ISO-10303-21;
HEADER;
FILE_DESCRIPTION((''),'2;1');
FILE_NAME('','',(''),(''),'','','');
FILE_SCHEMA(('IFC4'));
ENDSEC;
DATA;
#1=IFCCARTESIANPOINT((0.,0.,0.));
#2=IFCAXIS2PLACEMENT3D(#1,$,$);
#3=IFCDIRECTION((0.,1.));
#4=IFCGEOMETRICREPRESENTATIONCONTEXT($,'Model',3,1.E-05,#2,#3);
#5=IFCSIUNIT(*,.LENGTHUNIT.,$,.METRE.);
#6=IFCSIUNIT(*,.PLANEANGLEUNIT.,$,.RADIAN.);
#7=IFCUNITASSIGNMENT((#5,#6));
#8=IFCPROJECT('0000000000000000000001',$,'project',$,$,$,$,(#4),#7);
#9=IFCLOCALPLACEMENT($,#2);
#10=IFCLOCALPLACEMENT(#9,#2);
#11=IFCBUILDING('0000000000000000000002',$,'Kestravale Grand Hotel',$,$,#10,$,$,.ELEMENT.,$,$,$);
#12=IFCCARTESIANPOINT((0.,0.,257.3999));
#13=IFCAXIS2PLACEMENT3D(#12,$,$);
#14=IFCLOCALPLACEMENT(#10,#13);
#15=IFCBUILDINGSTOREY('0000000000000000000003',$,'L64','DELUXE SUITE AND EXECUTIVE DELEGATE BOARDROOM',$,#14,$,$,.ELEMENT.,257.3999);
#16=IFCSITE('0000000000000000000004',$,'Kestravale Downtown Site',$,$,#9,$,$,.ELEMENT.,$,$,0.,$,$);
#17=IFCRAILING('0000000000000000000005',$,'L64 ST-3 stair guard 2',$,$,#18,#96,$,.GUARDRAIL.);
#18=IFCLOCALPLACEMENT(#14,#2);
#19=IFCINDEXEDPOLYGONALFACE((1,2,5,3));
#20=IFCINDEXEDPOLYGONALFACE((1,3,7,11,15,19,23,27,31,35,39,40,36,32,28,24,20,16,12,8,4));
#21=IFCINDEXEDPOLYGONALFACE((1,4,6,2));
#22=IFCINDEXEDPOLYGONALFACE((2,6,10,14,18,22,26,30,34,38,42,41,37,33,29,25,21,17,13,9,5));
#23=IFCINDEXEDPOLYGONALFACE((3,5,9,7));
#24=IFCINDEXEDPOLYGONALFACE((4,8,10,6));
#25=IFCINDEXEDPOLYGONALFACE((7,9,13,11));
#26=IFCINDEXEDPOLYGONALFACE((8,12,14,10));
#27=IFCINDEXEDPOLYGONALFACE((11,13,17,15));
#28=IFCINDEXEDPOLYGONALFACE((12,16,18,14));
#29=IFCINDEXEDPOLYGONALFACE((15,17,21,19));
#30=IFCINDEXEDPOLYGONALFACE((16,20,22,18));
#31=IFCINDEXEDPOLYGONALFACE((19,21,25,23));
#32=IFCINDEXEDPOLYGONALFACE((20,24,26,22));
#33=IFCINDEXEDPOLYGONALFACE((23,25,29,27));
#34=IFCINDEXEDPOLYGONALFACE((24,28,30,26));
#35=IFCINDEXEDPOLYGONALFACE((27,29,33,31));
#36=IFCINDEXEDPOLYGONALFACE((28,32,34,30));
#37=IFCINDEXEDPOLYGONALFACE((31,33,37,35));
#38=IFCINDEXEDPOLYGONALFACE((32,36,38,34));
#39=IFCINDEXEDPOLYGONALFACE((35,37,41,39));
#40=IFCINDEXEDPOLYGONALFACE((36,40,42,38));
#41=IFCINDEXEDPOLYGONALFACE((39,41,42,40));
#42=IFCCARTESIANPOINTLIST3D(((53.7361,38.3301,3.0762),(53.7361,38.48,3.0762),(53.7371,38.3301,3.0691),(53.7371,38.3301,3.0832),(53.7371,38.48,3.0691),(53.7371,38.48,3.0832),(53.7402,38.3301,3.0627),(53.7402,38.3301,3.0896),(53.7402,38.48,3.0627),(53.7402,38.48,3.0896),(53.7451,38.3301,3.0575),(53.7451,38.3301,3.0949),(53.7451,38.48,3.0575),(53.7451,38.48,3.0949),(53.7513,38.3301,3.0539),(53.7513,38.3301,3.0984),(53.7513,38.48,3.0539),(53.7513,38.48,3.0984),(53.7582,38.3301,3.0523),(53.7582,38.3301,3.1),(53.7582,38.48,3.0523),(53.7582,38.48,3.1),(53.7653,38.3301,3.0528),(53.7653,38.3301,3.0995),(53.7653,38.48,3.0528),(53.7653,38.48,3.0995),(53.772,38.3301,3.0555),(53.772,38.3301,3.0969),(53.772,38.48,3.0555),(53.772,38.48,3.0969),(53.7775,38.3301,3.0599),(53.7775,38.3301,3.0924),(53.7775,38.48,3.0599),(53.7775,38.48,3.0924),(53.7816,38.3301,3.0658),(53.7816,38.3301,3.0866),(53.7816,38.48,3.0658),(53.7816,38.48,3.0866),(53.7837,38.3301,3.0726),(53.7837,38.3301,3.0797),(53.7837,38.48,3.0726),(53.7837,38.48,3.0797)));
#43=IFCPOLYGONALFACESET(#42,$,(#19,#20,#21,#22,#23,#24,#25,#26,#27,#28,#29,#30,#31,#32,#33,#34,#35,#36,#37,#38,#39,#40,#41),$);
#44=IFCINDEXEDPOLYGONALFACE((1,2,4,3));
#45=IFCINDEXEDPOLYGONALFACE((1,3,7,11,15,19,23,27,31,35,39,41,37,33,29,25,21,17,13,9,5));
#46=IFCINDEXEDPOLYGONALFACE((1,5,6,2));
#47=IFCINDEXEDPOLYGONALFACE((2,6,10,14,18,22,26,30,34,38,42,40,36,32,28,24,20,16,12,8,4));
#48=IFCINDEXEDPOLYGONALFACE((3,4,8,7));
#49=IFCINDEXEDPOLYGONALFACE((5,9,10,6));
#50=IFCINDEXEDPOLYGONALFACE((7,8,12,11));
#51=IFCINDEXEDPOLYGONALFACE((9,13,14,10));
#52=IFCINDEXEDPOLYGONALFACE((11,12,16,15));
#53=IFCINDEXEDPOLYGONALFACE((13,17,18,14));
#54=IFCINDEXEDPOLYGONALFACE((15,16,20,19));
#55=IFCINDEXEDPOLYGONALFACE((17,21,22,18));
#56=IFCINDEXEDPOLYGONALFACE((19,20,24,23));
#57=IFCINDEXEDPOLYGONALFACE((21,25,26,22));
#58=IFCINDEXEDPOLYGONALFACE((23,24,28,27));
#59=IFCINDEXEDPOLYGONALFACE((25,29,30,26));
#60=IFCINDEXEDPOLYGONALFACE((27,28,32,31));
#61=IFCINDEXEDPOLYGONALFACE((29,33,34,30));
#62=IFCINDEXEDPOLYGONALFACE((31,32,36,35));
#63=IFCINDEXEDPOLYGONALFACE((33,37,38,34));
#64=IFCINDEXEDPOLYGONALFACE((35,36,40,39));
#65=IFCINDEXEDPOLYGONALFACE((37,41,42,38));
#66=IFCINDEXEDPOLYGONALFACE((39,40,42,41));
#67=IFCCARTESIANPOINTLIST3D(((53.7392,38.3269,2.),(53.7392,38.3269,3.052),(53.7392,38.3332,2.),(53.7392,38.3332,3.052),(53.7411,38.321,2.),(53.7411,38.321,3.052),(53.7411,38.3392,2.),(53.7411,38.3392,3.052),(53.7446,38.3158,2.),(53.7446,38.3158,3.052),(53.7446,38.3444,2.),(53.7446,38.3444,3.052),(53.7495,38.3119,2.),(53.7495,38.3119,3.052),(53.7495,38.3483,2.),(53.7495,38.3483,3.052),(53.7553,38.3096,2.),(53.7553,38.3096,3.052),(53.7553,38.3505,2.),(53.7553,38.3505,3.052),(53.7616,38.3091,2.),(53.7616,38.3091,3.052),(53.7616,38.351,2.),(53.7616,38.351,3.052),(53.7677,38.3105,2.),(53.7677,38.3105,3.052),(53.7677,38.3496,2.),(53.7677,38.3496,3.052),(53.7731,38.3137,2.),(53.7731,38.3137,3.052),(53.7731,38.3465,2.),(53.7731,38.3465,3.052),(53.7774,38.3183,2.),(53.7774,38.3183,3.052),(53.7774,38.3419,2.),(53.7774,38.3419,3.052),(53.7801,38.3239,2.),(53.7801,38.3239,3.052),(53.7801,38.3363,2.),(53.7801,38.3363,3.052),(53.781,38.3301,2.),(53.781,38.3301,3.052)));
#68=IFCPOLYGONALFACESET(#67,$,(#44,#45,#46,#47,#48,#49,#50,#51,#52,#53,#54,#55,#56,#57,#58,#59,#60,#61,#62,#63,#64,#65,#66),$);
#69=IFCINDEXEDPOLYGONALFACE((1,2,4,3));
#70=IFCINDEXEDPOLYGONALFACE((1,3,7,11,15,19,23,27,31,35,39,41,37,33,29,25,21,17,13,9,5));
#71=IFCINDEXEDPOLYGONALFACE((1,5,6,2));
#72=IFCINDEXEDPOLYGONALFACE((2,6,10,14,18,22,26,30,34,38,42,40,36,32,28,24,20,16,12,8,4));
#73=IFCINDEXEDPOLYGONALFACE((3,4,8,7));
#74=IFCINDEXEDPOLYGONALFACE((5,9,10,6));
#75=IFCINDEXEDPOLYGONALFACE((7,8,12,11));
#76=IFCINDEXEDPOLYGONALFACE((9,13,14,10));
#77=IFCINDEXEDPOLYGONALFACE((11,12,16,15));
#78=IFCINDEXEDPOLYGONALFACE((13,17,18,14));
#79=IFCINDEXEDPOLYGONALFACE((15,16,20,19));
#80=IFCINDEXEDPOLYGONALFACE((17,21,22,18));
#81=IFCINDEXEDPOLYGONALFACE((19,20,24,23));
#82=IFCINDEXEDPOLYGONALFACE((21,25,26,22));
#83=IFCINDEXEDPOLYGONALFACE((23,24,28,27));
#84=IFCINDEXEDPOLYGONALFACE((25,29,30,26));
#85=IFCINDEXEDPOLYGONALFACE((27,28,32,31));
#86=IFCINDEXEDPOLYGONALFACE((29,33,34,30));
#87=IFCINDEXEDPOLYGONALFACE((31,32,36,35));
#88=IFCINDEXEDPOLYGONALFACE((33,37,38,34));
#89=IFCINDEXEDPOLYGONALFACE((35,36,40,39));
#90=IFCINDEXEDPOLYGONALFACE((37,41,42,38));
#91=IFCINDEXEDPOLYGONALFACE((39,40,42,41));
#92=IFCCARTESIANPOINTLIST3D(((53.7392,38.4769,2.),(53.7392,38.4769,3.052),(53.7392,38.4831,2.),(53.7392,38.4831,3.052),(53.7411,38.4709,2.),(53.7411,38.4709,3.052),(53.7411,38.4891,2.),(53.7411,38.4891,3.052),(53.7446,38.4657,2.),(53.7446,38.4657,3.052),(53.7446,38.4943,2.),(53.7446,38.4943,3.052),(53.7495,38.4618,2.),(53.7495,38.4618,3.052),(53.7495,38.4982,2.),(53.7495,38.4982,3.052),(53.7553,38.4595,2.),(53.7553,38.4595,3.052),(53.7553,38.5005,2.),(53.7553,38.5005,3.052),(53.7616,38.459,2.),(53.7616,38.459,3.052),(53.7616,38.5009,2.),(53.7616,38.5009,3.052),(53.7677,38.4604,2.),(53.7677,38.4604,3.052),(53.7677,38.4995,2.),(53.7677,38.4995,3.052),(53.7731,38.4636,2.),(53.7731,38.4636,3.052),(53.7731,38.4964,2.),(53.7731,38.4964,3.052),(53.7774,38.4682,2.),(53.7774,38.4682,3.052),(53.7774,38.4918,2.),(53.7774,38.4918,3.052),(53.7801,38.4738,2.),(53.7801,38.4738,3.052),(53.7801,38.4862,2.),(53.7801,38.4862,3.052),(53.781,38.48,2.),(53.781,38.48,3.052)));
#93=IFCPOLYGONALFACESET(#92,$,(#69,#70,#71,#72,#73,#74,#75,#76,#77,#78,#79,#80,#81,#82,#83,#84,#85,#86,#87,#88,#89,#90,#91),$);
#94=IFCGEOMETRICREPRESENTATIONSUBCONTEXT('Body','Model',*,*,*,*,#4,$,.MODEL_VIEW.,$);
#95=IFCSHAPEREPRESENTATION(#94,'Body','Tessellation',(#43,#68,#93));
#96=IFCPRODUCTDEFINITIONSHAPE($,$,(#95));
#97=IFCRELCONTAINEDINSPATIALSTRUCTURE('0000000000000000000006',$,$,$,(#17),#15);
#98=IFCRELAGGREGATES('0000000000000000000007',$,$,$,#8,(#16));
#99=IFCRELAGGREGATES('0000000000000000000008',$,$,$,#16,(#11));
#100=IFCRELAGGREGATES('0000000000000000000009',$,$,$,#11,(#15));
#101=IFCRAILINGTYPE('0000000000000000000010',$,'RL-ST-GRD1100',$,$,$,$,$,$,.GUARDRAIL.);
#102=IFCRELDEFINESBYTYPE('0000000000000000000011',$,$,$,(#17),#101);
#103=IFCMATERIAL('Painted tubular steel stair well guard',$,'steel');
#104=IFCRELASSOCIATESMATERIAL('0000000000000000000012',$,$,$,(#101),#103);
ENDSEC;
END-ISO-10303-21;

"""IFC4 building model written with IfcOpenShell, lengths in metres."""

from ifc_helpers import new_model, si_unit, direction, frame, origin, origin_2d, place, context, subcontext, project, spatial, circle, extrude, material, type_object, element, save


model = new_model("IFC4")

# Units and contexts
model_context = context("Model", 3, precision=1e-05, world=origin(), true_north=direction((0.0, 1.0)))
body_context = subcontext(model_context, "Body", "Model", "MODEL_VIEW")
ifc_project = project(units=[si_unit("LENGTHUNIT", "METRE"), si_unit("PLANEANGLEUNIT", "RADIAN")], contexts=[model_context])

# Site, building, storey
site_placement = place(None, origin())
site = spatial("IfcSite", under=ifc_project, at=site_placement, Name="Kestravale Downtown Site", CompositionType="ELEMENT", RefElevation=0.0)
building_placement = place(site_placement, origin())
building = spatial("IfcBuilding", under=site, at=building_placement, Name="Kestravale Grand Hotel", CompositionType="ELEMENT")
storey_placement = place(building_placement, frame((0.0, 0.0, 257.3999)))
storey = spatial("IfcBuildingStorey", under=building, at=storey_placement, Name="L64", Description="DELUXE SUITE AND EXECUTIVE DELEGATE BOARDROOM", CompositionType="ELEMENT", Elevation=257.3999)

# Railing
ifc_material_1 = material(Name="Painted tubular steel stair well guard", Category="steel")
railing_type_1 = type_object("IfcRailingType", Name="RL-ST-GRD1100", PredefinedType="GUARDRAIL", material=ifc_material_1)
railing_1_placement = place(storey_placement, frame((53.76, 38.3301, 2.0)))
element("IfcRailing", 1, at=railing_1_placement, inside=storey, type_object=railing_type_1, Name="L64 ST-3 stair guard 2", PredefinedType="GUARDRAIL", context=body_context, shape_type="SweptSolid", body=[
    extrude(circle(Radius=0.0239, at=origin_2d()), frame((0.0, 0.0, 1.0762), z_axis=(0.0, 1.0, 0.0), x_axis=(-1.0, 0.0, 0.0)), (0.0, 0.0, 1.0), 0.1499),
    extrude(circle(Radius=0.021, at=origin_2d()), origin(), (0.0, 0.0, 1.0), 1.052),
    extrude(circle(Radius=0.021, at=origin_2d()), frame((0.0, 0.1499, 0.0)), (0.0, 0.0, 1.0), 1.052),
])

save(model, "model.ifc")
